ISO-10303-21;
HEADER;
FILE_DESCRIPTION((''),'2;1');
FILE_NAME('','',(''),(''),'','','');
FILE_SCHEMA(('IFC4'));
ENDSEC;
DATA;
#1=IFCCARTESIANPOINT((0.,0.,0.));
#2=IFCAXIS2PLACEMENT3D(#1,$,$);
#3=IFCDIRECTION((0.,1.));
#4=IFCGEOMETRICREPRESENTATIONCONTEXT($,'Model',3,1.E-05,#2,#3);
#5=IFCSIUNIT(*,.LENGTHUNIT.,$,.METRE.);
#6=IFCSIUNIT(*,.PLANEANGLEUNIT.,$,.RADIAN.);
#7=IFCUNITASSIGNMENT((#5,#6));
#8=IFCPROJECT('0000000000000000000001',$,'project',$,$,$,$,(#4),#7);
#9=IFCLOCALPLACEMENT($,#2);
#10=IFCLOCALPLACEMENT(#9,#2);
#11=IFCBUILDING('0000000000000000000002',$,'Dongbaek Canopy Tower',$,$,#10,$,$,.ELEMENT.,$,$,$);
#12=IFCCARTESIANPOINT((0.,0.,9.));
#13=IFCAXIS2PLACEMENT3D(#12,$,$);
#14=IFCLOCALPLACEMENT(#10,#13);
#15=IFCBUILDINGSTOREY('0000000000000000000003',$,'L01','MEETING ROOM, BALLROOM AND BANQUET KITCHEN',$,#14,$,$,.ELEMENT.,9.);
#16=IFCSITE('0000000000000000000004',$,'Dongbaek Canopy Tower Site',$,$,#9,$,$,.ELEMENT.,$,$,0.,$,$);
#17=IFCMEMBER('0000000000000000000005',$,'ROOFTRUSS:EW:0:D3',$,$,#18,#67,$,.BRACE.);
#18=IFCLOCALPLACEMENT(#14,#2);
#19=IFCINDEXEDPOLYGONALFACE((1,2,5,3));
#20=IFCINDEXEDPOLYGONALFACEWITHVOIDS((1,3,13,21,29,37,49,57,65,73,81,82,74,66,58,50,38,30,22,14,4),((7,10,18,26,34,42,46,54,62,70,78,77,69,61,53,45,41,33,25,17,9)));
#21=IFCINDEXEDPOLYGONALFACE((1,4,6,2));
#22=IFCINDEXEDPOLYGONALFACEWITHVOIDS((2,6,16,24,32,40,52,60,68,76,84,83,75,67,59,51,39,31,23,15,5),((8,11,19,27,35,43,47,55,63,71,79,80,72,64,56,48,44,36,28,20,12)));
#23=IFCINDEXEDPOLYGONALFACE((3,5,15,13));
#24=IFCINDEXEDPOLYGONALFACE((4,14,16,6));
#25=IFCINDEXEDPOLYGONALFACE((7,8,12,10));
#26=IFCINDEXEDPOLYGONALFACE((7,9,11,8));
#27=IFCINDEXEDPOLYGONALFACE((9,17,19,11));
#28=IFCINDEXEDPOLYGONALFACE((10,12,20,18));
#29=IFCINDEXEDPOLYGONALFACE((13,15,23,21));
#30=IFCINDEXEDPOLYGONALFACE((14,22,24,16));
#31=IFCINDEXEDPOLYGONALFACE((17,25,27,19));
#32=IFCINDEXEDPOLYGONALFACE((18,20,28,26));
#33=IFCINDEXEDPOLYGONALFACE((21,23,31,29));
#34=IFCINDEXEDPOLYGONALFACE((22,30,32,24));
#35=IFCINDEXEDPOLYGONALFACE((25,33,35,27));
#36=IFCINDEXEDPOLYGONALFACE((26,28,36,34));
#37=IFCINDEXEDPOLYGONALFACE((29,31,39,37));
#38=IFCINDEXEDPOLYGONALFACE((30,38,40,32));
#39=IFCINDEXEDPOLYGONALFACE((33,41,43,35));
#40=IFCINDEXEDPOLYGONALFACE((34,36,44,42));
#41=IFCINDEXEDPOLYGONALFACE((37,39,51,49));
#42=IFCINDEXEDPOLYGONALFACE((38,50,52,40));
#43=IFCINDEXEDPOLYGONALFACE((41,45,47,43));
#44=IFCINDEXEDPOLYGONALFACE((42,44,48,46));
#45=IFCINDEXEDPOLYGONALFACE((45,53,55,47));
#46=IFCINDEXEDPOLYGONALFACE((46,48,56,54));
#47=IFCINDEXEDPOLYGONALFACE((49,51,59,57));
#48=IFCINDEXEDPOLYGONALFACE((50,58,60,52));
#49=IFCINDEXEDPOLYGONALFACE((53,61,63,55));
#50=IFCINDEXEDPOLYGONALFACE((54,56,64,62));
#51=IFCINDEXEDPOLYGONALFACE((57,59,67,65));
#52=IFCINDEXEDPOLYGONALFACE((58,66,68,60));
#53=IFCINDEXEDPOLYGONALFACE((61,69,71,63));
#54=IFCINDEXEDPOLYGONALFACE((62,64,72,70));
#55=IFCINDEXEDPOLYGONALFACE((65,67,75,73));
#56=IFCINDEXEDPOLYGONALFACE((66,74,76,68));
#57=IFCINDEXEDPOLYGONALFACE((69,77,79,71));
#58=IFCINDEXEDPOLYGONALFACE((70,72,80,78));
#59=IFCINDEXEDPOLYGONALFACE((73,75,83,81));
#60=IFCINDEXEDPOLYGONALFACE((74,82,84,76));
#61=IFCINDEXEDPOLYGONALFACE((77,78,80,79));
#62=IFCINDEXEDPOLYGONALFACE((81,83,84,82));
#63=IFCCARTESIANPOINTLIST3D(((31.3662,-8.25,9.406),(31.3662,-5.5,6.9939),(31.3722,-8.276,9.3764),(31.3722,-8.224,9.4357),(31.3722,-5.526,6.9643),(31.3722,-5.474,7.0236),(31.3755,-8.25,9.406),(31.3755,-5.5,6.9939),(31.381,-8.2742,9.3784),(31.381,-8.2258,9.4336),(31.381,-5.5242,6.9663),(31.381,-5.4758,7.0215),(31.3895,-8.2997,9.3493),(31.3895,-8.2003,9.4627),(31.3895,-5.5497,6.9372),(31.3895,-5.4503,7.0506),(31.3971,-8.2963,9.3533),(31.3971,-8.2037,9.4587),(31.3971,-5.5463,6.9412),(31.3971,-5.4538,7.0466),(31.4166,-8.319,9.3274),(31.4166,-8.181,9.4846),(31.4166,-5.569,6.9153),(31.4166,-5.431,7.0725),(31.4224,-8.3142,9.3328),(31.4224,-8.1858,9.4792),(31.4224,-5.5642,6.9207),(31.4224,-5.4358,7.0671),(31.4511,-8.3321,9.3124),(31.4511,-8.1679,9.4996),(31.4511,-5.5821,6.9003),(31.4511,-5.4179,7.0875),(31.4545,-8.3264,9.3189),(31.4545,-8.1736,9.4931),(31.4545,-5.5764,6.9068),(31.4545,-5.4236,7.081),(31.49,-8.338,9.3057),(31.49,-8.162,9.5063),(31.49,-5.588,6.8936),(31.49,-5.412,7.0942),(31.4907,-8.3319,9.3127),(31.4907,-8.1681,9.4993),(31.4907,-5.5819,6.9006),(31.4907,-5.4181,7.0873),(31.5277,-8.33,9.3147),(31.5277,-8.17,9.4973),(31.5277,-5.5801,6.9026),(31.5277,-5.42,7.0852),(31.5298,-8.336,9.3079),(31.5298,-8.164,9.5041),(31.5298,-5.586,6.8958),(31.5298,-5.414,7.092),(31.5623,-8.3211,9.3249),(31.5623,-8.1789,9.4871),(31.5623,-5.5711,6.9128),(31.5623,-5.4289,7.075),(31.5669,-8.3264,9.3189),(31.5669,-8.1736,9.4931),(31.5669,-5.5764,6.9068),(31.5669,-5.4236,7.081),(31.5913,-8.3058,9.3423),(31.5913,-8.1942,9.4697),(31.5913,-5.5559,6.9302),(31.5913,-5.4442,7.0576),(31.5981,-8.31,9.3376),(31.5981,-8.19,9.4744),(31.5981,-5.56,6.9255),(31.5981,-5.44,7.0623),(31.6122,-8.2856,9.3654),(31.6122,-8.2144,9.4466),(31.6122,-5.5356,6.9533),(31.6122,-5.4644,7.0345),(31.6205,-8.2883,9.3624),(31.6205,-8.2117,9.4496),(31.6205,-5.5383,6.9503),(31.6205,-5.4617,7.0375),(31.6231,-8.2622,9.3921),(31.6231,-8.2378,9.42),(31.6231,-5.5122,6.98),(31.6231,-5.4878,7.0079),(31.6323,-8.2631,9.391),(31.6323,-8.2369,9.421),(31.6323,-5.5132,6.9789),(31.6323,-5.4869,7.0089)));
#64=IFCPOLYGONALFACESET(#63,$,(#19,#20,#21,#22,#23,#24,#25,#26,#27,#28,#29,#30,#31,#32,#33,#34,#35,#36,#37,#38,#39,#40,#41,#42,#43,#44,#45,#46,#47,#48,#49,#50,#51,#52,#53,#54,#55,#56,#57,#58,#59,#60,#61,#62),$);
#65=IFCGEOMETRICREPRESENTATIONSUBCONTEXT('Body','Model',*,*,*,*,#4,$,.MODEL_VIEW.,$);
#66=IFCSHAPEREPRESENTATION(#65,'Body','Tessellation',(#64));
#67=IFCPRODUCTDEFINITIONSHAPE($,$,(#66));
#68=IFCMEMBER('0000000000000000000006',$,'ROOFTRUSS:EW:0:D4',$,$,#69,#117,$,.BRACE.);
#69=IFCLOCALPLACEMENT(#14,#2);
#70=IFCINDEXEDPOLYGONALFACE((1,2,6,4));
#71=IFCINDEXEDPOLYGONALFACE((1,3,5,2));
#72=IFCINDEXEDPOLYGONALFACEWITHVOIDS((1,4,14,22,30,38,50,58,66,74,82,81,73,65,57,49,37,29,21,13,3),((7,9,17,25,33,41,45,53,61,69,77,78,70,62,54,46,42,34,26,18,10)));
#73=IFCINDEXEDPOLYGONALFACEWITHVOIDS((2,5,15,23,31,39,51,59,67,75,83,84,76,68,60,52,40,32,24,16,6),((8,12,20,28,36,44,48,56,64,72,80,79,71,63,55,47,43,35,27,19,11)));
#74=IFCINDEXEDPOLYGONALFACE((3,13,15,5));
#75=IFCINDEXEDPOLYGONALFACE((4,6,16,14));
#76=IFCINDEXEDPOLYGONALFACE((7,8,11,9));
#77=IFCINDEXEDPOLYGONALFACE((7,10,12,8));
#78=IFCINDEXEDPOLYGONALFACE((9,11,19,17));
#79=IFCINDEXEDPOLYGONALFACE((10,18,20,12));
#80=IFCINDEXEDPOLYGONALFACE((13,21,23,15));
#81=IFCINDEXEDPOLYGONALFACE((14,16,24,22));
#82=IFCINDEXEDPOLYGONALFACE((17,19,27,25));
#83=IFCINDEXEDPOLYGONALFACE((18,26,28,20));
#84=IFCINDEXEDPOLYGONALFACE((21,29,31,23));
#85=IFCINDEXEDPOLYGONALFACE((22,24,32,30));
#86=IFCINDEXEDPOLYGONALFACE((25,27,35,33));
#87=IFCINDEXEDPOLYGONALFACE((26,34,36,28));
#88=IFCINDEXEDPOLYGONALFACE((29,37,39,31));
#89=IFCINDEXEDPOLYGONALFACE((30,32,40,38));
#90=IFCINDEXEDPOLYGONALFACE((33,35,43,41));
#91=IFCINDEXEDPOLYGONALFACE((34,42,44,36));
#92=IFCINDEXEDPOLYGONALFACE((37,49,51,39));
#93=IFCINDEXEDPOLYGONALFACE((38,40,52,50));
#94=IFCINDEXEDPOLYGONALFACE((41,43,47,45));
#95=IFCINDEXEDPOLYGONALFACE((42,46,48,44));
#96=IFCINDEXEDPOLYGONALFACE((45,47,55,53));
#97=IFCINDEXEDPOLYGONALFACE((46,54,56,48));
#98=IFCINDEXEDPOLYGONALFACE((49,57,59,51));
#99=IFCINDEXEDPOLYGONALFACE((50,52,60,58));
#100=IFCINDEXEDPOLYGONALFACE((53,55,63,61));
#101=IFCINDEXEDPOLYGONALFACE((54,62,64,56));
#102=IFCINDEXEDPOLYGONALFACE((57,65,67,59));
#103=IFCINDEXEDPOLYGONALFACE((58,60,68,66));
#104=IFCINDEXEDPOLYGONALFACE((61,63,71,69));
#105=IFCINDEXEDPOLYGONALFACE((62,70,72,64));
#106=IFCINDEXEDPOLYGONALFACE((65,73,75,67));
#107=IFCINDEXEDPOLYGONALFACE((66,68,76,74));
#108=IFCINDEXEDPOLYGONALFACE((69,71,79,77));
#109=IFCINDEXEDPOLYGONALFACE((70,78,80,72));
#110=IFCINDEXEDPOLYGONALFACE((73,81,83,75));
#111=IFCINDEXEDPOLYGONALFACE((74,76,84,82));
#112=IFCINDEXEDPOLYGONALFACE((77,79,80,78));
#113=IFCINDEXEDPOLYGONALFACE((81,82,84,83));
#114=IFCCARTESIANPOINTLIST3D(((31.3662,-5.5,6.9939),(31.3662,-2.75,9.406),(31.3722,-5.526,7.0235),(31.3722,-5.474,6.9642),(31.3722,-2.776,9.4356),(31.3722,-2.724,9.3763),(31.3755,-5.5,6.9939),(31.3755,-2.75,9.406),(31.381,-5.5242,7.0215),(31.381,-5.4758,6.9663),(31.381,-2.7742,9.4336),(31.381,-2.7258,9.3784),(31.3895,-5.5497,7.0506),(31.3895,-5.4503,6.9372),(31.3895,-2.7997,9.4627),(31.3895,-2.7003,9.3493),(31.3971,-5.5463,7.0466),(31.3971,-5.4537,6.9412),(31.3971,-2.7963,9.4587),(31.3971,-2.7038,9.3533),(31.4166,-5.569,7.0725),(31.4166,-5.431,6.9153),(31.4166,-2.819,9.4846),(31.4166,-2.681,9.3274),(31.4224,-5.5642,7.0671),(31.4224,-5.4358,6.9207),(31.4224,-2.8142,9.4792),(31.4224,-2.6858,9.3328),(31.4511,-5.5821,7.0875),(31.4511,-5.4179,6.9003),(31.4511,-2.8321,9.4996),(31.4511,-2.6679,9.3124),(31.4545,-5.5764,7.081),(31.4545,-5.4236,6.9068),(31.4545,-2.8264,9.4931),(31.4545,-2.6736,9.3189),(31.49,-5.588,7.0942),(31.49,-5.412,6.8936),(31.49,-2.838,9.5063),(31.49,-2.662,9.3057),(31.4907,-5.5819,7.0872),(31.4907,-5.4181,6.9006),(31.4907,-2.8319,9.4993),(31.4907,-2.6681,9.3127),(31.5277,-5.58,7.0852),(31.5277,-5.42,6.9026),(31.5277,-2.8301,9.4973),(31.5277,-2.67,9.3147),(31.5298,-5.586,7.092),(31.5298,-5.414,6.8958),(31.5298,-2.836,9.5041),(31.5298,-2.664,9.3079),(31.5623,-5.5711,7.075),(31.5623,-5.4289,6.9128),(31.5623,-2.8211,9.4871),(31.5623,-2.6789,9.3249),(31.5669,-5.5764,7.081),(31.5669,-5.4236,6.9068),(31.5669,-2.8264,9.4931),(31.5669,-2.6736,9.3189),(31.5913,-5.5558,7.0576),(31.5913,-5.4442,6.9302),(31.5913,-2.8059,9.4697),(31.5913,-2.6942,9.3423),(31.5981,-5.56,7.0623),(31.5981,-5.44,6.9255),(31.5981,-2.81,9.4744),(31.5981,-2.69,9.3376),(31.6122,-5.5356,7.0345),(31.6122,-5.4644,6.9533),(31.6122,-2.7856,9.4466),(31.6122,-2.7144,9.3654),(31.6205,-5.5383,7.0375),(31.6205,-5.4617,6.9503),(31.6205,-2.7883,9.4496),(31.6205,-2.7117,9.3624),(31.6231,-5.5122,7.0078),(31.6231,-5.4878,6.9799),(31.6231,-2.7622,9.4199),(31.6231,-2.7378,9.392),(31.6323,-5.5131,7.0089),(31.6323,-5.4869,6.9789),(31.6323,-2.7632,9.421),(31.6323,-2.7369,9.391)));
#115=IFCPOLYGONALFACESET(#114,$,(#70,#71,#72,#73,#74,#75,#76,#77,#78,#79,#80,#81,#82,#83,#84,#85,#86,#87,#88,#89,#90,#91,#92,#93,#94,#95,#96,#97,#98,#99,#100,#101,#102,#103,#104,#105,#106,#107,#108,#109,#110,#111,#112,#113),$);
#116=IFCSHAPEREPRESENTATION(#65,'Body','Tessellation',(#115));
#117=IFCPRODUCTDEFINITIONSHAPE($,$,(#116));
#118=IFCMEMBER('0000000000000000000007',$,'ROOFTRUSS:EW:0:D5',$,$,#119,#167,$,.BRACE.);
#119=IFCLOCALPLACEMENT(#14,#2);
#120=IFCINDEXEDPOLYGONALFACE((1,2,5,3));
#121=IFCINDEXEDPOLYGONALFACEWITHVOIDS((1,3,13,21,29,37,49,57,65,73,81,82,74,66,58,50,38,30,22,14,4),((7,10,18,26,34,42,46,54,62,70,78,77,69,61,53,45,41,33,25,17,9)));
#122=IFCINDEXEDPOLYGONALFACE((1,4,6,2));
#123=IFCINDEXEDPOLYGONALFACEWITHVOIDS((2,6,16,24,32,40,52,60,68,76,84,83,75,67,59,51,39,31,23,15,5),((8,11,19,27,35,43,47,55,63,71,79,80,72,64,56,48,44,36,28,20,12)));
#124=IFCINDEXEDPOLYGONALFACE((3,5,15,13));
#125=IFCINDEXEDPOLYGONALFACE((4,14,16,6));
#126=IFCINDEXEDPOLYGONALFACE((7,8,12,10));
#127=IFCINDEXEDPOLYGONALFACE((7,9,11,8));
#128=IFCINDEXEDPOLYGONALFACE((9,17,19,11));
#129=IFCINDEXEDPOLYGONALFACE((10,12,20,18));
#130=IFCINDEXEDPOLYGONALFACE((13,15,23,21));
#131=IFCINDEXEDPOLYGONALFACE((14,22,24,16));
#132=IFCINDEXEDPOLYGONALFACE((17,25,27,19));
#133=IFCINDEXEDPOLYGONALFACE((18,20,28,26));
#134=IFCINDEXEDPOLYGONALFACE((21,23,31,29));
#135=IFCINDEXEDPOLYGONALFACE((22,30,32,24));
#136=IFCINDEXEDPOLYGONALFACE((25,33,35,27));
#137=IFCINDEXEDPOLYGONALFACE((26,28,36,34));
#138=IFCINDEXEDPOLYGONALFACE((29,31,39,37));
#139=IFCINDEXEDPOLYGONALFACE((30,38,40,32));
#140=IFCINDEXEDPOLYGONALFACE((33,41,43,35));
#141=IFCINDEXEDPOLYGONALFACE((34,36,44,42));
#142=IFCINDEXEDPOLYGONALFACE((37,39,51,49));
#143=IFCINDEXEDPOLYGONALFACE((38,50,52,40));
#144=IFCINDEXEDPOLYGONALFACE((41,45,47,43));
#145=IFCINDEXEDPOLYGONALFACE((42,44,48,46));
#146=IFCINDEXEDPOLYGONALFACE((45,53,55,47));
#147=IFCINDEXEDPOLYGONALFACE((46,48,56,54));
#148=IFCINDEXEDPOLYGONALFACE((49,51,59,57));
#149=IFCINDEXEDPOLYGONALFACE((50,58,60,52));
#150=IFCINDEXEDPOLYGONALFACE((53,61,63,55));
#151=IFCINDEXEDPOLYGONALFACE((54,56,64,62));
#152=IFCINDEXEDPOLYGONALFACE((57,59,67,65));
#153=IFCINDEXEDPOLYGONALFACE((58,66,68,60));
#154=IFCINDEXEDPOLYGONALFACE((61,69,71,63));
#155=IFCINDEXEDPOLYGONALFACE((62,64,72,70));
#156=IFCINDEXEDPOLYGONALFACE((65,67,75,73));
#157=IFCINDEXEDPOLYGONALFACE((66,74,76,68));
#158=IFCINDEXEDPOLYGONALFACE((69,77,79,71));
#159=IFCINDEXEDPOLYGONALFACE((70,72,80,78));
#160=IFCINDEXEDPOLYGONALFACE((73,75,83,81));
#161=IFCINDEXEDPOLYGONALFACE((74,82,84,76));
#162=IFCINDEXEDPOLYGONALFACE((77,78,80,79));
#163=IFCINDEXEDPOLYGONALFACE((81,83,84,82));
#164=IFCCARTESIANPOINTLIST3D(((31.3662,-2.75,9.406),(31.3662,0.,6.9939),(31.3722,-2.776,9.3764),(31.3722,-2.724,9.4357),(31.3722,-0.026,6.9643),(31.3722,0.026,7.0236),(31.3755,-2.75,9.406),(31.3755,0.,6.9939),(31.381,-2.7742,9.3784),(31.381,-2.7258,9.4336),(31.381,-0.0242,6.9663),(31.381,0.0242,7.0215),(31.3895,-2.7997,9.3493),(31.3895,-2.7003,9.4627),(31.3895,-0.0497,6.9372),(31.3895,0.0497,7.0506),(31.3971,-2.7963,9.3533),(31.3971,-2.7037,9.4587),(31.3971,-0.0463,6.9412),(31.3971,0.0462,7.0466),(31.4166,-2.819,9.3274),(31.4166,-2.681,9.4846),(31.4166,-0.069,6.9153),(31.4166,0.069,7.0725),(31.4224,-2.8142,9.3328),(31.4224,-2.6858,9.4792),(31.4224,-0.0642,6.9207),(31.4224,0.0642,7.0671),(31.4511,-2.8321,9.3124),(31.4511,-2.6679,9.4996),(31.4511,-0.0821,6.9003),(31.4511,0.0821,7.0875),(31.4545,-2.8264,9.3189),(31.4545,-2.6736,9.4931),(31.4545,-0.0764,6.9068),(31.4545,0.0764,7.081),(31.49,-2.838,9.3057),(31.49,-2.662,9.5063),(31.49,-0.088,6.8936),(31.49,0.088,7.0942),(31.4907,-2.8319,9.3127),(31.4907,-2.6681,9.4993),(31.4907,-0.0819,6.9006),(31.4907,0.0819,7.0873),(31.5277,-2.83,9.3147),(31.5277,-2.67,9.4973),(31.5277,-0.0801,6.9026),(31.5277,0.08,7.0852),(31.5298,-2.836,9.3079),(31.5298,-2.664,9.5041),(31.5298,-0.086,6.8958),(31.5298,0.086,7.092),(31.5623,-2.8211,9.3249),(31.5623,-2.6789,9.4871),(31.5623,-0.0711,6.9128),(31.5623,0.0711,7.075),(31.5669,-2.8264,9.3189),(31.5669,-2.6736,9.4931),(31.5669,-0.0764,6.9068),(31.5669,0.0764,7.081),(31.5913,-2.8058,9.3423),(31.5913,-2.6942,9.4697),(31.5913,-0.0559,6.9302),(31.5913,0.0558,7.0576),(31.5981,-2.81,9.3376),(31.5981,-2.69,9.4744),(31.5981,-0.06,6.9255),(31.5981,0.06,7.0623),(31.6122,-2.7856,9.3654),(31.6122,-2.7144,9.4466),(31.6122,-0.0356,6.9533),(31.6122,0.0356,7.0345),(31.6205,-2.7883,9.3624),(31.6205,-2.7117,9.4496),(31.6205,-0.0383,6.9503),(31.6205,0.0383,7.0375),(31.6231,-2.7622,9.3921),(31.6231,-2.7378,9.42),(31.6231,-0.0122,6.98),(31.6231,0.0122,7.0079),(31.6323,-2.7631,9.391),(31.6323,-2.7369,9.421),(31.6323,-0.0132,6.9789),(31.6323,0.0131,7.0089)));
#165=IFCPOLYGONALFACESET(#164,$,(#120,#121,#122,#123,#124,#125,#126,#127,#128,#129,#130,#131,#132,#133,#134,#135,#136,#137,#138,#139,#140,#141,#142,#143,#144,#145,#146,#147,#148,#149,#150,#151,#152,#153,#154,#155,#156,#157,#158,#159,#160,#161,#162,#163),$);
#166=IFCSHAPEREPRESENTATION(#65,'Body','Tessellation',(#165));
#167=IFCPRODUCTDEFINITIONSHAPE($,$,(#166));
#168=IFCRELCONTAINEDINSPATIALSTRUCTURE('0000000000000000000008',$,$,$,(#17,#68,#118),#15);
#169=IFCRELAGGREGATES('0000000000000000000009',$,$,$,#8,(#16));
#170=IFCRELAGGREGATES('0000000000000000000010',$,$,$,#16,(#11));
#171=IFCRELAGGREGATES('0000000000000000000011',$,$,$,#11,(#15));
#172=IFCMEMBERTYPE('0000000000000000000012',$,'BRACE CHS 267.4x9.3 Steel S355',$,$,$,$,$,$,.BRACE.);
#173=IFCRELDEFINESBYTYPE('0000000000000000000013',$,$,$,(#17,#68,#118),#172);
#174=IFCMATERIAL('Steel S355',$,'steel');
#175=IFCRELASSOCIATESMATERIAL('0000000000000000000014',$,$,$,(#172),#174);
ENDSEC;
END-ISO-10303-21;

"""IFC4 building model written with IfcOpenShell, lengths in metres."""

from ifc_helpers import new_model, si_unit, direction, frame, origin, origin_2d, place, context, subcontext, project, spatial, hollow_circle, extrude, material, material_profile, profile_set, type_object, element, save


model = new_model("IFC4")

# Units and contexts
model_context = context("Model", 3, precision=1e-05, world=origin(), true_north=direction((0.0, 1.0)))
body_context = subcontext(model_context, "Body", "Model", "MODEL_VIEW")
ifc_project = project(units=[si_unit("LENGTHUNIT", "METRE"), si_unit("PLANEANGLEUNIT", "RADIAN")], contexts=[model_context])

# Site, building, storey
site_placement = place(None, origin())
site = spatial("IfcSite", under=ifc_project, at=site_placement, Name="Dongbaek Canopy Tower Site", CompositionType="ELEMENT", RefElevation=0.0)
building_placement = place(site_placement, origin())
building = spatial("IfcBuilding", under=site, at=building_placement, Name="Dongbaek Canopy Tower", CompositionType="ELEMENT")
storey_placement = place(building_placement, frame((0.0, 0.0, 9.0)))
storey = spatial("IfcBuildingStorey", under=building, at=storey_placement, Name="L01", Description="MEETING ROOM, BALLROOM AND BANQUET KITCHEN", CompositionType="ELEMENT", Elevation=9.0)

# Members
ifc_material_1 = material(Name="Steel S355", Category="steel")
ifc_material_profile_1 = material_profile(ifc_material_1, hollow_circle(Radius=0.1338, WallThickness=0.0093, at=origin_2d()), Name="BRACE CHS 267.4x9.3 Steel S355")
ifc_profile_set_1 = profile_set([ifc_material_profile_1], Name="Steel S355")
member_type_1 = type_object("IfcMemberType", Name="BRACE CHS 267.4x9.3 Steel S355", PredefinedType="BRACE", material=ifc_profile_set_1)
for number, where, z_axis, x_axis, name in (
    (1, (31.5, -8.25, 9.406), (0.0, 0.751782, -0.659411), (-1.0, 0.0, 0.0), "ROOFTRUSS:EW:0:D3"),
    (2, (31.5, -5.5, 6.9939), (0.0, 0.751782, 0.659411), (-1.0, 0.0, 0.0), "ROOFTRUSS:EW:0:D4"),
    (3, (31.5, -2.75, 9.406), (0.0, 0.751782, -0.659411), (-1.0, 0.0, 0.0), "ROOFTRUSS:EW:0:D5"),
):
    element("IfcMember", number, at=place(storey_placement, frame(where, z_axis=z_axis, x_axis=x_axis)), inside=storey, type_object=member_type_1, Name=name, PredefinedType="BRACE", context=body_context, shape_type="SweptSolid", body=[
        extrude(hollow_circle(Radius=0.1338, WallThickness=0.0093, at=origin_2d()), origin(), (0.0, 0.0, 1.0), 3.658),
    ])

save(model, "model.ifc")
